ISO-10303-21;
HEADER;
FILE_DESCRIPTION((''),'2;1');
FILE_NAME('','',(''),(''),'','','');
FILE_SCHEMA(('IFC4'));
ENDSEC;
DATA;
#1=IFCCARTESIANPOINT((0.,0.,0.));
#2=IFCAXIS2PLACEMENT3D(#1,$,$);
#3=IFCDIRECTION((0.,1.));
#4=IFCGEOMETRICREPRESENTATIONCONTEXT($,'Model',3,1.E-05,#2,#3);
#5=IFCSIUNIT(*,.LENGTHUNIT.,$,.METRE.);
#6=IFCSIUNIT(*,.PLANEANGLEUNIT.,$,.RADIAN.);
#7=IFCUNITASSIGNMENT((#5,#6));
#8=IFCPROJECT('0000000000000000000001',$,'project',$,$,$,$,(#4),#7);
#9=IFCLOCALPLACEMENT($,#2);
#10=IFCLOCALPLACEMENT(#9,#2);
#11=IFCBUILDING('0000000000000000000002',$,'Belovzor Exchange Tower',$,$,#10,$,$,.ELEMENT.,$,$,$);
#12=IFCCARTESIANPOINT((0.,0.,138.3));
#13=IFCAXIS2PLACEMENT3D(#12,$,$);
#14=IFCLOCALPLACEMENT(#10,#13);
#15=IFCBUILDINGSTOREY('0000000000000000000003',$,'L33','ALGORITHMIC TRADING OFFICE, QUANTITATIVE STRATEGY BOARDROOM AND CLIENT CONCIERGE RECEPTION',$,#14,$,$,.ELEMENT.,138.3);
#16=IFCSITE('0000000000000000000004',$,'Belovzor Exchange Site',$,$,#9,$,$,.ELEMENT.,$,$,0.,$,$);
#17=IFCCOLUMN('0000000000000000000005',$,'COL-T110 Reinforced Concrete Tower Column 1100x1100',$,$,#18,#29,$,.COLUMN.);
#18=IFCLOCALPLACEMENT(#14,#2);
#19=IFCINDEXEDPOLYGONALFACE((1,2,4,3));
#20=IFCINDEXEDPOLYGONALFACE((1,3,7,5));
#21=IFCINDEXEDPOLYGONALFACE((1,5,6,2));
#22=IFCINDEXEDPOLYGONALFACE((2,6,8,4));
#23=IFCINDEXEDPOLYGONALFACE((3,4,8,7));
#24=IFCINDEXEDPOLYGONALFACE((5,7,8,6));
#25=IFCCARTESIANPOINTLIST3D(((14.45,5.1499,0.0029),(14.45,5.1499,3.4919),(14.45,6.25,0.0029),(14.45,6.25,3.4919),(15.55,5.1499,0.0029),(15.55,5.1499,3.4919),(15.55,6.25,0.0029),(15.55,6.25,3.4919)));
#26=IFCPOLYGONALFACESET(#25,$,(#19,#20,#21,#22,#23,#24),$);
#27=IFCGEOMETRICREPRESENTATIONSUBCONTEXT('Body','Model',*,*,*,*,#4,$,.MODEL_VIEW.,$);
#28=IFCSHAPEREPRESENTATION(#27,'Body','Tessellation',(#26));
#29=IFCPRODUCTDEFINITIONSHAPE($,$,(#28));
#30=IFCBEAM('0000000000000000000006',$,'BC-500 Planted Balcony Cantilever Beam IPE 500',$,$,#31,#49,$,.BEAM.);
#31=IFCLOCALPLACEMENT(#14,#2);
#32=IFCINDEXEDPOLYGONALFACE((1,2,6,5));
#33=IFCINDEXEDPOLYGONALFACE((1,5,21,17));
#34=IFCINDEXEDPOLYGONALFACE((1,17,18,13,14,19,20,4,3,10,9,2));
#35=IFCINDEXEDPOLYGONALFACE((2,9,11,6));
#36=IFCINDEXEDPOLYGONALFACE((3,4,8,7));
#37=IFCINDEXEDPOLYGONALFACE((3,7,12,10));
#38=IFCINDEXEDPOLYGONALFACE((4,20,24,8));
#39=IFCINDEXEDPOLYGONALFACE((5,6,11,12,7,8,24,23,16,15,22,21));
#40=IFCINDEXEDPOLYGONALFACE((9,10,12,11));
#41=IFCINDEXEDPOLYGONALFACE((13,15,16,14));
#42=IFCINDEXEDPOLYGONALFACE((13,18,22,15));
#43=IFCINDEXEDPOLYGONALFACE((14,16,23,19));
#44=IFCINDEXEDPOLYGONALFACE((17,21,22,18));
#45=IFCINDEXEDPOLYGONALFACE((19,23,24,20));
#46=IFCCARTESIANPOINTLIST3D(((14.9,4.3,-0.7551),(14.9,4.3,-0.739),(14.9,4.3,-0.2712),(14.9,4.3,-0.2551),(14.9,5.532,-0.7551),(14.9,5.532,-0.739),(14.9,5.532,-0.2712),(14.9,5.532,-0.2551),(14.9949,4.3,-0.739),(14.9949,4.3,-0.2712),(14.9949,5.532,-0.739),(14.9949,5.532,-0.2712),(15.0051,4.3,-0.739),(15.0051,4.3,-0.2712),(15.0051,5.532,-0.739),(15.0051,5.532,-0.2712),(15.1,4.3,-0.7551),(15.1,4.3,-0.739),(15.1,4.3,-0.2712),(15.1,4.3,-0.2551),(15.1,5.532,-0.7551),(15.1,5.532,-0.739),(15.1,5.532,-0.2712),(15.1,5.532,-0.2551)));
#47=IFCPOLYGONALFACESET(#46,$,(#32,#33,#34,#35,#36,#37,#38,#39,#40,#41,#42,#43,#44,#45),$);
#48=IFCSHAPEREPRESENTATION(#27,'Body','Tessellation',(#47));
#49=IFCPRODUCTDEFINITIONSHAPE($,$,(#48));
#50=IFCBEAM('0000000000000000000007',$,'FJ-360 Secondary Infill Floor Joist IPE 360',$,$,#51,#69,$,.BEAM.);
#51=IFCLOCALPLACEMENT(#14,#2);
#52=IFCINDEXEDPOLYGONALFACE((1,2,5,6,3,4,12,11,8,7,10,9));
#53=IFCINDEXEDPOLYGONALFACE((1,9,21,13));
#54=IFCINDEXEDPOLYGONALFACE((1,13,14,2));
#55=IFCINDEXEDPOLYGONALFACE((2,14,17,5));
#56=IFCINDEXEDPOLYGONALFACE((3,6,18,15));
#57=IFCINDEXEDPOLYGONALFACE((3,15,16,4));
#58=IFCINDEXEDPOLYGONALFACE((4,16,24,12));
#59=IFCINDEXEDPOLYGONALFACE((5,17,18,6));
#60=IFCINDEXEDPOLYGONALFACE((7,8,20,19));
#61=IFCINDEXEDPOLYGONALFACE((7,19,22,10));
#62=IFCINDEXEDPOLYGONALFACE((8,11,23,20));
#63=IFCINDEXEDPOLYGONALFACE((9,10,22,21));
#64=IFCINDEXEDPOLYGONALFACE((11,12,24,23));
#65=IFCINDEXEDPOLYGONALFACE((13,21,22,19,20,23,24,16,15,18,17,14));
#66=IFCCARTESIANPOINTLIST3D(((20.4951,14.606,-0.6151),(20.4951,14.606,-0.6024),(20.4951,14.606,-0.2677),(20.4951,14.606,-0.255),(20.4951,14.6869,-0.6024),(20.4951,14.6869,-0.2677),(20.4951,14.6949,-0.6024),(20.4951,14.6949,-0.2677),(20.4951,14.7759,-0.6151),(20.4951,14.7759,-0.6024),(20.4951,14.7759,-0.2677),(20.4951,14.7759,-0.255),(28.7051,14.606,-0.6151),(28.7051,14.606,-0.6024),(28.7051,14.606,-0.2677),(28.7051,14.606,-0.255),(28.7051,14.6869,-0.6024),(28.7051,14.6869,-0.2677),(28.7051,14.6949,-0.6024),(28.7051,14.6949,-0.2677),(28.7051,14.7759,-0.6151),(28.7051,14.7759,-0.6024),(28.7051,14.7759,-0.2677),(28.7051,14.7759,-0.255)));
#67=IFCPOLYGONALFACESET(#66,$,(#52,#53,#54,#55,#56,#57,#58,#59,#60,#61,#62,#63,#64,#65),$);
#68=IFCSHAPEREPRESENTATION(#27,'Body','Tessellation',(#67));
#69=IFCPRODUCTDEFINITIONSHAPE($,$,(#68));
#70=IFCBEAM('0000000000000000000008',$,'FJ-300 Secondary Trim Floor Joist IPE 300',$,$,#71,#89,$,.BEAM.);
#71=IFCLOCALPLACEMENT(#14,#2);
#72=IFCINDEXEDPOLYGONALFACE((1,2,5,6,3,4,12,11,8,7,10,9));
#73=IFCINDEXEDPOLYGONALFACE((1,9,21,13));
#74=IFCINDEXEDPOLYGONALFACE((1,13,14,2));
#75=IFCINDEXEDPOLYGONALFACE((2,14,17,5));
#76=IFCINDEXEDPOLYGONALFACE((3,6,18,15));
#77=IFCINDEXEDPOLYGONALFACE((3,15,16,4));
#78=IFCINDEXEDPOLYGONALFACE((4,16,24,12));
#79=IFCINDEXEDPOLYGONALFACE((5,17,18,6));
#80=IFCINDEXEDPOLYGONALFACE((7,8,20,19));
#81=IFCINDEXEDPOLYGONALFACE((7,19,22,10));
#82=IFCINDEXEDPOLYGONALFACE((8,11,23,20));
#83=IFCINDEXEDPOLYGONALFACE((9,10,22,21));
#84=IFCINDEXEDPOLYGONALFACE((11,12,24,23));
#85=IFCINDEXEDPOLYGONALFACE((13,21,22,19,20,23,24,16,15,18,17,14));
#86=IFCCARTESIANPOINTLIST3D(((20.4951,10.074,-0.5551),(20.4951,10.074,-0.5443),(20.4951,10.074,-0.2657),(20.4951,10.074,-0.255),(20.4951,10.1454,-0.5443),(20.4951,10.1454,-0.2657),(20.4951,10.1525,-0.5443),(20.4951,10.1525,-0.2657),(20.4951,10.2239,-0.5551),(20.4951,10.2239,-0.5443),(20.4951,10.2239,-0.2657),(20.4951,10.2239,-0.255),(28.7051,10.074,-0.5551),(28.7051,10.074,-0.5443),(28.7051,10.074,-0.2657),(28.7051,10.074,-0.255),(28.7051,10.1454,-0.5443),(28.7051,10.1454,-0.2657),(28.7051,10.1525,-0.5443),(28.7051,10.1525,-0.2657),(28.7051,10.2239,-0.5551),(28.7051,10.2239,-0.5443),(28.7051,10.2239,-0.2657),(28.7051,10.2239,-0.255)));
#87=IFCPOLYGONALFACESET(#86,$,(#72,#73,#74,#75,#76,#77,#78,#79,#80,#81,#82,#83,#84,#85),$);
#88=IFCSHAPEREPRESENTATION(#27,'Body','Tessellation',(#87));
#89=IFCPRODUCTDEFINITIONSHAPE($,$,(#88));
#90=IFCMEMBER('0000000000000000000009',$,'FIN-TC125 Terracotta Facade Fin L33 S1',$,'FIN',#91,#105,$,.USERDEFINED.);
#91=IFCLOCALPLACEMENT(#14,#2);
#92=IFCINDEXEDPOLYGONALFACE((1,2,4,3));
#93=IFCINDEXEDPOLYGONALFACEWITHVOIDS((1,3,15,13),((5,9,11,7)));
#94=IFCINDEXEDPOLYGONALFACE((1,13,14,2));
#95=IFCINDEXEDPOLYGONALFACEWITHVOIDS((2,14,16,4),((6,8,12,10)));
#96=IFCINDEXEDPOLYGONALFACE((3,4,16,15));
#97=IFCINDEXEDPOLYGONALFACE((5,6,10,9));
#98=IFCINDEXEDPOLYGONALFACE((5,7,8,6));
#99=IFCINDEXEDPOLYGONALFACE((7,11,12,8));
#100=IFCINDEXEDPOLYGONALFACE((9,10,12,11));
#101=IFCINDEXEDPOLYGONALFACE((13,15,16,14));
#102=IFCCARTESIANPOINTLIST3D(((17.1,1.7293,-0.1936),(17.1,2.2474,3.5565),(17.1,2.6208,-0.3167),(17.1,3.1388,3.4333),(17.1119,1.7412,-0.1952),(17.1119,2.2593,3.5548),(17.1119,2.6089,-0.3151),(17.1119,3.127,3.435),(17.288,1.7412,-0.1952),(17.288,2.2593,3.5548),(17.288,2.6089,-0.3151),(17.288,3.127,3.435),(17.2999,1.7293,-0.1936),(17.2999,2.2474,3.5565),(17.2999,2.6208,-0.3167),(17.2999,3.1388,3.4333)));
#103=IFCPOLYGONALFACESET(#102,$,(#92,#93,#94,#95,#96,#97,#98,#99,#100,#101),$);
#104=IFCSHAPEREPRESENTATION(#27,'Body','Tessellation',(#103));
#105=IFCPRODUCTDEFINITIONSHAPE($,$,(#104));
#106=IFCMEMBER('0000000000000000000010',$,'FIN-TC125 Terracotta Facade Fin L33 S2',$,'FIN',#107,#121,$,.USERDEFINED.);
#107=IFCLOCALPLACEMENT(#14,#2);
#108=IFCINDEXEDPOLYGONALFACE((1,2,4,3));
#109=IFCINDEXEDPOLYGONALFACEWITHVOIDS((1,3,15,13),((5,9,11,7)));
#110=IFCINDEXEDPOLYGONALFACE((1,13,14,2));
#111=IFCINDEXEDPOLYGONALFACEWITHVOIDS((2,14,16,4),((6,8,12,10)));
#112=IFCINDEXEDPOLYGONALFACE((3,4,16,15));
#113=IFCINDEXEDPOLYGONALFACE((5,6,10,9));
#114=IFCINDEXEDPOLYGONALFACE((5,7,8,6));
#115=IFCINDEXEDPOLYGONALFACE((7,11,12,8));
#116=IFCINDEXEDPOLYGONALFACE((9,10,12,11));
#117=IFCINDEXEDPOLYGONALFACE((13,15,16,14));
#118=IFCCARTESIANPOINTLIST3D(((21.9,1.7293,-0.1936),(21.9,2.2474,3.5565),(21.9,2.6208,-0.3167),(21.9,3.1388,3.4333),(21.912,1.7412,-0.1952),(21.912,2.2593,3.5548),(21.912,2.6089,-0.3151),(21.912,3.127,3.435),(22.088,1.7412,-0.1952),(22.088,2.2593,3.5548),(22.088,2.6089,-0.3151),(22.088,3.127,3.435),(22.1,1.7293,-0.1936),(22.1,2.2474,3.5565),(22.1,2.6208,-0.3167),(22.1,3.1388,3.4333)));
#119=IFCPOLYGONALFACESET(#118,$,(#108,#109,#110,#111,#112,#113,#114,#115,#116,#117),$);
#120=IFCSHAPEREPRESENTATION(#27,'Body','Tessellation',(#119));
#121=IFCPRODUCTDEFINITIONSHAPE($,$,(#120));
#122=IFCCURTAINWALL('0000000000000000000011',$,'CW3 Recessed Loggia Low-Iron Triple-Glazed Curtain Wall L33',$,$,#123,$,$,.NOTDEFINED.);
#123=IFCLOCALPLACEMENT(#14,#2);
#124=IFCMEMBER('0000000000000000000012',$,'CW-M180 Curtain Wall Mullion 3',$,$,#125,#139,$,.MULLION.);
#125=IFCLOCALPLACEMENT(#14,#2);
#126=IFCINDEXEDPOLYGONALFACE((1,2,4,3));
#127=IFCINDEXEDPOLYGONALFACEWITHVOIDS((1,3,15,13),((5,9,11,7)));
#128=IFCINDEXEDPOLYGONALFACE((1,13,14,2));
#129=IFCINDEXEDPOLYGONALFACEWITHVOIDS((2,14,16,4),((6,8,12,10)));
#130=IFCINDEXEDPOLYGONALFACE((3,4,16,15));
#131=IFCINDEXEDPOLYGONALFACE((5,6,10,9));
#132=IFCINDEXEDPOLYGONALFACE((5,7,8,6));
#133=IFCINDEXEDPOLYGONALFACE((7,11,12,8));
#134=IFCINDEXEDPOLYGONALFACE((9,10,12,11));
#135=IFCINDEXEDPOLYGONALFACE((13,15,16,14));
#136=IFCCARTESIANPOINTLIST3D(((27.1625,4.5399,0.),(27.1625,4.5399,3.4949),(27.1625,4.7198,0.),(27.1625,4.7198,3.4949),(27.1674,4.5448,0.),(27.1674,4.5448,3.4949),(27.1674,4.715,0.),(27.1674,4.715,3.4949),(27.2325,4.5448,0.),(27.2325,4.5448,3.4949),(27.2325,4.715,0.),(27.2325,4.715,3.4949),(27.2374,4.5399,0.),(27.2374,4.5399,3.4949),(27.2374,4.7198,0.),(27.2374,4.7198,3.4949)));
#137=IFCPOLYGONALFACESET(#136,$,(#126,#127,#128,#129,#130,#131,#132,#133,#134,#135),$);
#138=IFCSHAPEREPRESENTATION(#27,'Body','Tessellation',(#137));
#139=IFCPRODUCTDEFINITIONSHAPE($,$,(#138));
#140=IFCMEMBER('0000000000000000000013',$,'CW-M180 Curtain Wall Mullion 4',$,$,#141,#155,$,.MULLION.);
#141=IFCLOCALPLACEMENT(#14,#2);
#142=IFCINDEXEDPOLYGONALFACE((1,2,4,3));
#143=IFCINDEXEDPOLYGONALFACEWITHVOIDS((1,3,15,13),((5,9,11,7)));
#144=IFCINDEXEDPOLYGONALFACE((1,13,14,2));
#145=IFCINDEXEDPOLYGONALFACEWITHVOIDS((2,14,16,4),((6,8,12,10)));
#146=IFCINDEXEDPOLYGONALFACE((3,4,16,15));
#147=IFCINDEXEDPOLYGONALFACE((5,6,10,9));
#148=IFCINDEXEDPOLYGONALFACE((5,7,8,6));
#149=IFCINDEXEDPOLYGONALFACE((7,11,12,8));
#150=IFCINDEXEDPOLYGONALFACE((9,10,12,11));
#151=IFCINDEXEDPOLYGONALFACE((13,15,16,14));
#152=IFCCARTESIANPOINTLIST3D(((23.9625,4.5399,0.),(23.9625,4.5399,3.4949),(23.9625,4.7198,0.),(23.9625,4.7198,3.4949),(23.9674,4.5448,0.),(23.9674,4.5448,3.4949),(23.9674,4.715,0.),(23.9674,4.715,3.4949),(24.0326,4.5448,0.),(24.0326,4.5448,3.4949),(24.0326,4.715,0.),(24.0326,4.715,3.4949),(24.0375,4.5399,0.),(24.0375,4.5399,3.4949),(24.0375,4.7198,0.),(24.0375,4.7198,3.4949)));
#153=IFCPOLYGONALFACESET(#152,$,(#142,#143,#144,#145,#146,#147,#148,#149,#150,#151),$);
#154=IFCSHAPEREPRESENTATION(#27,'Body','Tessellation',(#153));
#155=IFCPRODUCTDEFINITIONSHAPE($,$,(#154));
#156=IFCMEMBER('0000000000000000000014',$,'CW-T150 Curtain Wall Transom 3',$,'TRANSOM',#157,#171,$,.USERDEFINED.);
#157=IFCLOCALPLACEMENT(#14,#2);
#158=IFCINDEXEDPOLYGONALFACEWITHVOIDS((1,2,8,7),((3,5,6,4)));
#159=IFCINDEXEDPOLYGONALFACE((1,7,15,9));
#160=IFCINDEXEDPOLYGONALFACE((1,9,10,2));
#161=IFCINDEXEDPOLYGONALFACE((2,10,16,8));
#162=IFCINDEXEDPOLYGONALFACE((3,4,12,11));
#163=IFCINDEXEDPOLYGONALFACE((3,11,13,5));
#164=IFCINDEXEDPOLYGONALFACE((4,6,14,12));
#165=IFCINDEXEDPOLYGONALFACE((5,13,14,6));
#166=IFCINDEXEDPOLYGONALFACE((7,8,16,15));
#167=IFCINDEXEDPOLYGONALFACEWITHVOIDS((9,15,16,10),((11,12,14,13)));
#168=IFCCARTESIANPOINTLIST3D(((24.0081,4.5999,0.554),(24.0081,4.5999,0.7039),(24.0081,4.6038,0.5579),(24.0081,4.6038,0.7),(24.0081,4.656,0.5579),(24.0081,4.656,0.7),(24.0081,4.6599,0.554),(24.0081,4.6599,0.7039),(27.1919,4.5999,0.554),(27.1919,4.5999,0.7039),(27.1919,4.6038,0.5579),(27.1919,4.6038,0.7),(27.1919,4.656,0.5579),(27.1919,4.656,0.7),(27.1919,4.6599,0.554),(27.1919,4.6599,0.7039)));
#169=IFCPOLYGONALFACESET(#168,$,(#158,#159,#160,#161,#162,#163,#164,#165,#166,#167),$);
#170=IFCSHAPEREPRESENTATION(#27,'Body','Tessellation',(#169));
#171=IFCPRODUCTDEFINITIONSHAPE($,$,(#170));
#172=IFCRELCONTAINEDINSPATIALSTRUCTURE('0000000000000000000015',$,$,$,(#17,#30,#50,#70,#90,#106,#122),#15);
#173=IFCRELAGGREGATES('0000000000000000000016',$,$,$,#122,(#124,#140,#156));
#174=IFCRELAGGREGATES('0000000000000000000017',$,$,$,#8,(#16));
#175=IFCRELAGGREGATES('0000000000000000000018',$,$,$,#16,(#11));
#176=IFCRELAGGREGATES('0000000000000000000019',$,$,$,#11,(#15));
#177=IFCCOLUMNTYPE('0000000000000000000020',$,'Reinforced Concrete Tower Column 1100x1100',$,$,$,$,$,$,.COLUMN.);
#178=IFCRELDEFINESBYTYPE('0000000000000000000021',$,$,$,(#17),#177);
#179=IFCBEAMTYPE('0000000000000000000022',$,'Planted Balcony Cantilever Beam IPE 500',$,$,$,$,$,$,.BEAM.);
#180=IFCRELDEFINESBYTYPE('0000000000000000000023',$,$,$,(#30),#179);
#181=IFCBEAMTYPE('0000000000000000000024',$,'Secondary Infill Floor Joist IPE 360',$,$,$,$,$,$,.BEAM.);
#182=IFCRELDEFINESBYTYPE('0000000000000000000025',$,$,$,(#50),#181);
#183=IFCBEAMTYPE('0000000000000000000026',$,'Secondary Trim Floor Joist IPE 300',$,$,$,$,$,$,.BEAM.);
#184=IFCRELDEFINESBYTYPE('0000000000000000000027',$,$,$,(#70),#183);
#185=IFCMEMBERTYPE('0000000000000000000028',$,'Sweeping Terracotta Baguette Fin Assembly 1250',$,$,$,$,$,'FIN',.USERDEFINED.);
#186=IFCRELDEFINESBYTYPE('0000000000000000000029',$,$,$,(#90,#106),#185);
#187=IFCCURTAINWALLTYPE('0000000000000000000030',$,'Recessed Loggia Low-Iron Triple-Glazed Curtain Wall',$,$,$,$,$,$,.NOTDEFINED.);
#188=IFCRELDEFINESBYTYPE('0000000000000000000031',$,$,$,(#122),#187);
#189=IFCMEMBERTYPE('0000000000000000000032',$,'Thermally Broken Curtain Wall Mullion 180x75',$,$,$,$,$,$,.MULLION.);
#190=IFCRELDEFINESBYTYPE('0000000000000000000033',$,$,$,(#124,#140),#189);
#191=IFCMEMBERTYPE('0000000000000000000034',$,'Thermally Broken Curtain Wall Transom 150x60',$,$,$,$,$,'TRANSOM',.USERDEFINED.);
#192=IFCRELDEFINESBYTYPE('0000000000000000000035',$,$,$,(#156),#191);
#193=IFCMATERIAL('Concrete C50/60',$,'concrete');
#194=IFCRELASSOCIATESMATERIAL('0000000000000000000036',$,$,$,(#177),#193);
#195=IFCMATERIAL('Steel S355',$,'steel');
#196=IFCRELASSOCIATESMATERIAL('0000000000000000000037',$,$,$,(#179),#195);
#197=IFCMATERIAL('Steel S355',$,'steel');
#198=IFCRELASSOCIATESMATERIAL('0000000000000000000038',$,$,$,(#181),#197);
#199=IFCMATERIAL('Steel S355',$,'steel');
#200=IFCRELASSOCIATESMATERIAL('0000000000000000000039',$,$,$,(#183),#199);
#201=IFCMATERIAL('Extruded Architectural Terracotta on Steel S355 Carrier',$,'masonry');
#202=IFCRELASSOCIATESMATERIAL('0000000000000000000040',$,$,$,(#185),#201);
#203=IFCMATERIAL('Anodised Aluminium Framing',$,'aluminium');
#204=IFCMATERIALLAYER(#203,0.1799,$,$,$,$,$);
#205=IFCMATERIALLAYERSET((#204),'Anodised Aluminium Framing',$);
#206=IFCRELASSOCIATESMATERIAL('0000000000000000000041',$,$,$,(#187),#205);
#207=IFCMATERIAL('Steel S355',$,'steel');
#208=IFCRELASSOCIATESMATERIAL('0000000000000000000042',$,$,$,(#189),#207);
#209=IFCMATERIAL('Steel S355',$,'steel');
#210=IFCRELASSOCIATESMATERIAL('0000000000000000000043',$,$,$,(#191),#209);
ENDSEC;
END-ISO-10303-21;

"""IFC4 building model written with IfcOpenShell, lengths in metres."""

from ifc_helpers import new_model, si_unit, direction, frame, origin, origin_2d, place, context, subcontext, project, spatial, rectangle, hollow_rectangle, i_section, extrude, material, layer, layer_set, material_profile, profile_set, type_object, element, aggregate, save


model = new_model("IFC4")

# Units and contexts
model_context = context("Model", 3, precision=1e-05, world=origin(), true_north=direction((0.0, 1.0)))
body_context = subcontext(model_context, "Body", "Model", "MODEL_VIEW")
ifc_project = project(units=[si_unit("LENGTHUNIT", "METRE"), si_unit("PLANEANGLEUNIT", "RADIAN")], contexts=[model_context])

# Site, building, storey
site_placement = place(None, origin())
site = spatial("IfcSite", under=ifc_project, at=site_placement, Name="Belovzor Exchange Site", CompositionType="ELEMENT", RefElevation=0.0)
building_placement = place(site_placement, origin())
building = spatial("IfcBuilding", under=site, at=building_placement, Name="Belovzor Exchange Tower", CompositionType="ELEMENT")
storey_placement = place(building_placement, frame((0.0, 0.0, 138.3)))
storey = spatial("IfcBuildingStorey", under=building, at=storey_placement, Name="L33", Description="ALGORITHMIC TRADING OFFICE, QUANTITATIVE STRATEGY BOARDROOM AND CLIENT CONCIERGE RECEPTION", CompositionType="ELEMENT", Elevation=138.3)

# Column
ifc_material_1 = material(Name="Concrete C50/60", Category="concrete")
ifc_material_profile_1 = material_profile(ifc_material_1, rectangle(XDim=1.1001, YDim=1.1001, at=origin_2d()))
ifc_profile_set_1 = profile_set([ifc_material_profile_1], Name="Concrete C50/60")
column_type = type_object("IfcColumnType", Name="Reinforced Concrete Tower Column 1100x1100", PredefinedType="COLUMN", material=ifc_profile_set_1)
column_placement = place(storey_placement, frame((15.0, 5.7, 0.0029), z_axis=(0.0, 0.0, 1.0), x_axis=(1.0, 0.0, 0.0)))
element("IfcColumn", 1, at=column_placement, inside=storey, type_object=column_type, Name="COL-T110 Reinforced Concrete Tower Column 1100x1100", PredefinedType="COLUMN", context=body_context, shape_type="SweptSolid", body=[
    extrude(rectangle(XDim=1.1001, YDim=1.1001, at=origin_2d()), origin(), (0.0, 0.0, 1.0), 3.489),
])

# Beams
ifc_material_2 = material(Name="Steel S355", Category="steel")
ifc_material_profile_2 = material_profile(ifc_material_2, i_section(OverallWidth=0.2, OverallDepth=0.5, WebThickness=0.0103, FlangeThickness=0.0161, at=origin_2d()))
ifc_profile_set_2 = profile_set([ifc_material_profile_2], Name="Steel S355")
beam_type_1 = type_object("IfcBeamType", Name="Planted Balcony Cantilever Beam IPE 500", PredefinedType="BEAM", material=ifc_profile_set_2)
beam_1_placement = place(storey_placement, frame((15.0, 5.532, -0.5051), z_axis=(0.0, -1.0, 0.0), x_axis=(1.0, 0.0, 0.0)))
element("IfcBeam", 2, at=beam_1_placement, inside=storey, type_object=beam_type_1, Name="BC-500 Planted Balcony Cantilever Beam IPE 500", PredefinedType="BEAM", context=body_context, shape_type="SweptSolid", body=[
    extrude(i_section(OverallWidth=0.2, OverallDepth=0.5, WebThickness=0.0103, FlangeThickness=0.0161, at=origin_2d()), origin(), (0.0, 0.0, 1.0), 1.2319),
])
ifc_material_3 = material(Name="Steel S355", Category="steel")
ifc_material_profile_3 = material_profile(ifc_material_3, i_section(OverallWidth=0.1699, OverallDepth=0.3601, WebThickness=0.0081, FlangeThickness=0.0127, at=origin_2d()))
ifc_profile_set_3 = profile_set([ifc_material_profile_3], Name="Steel S355")
beam_type_2 = type_object("IfcBeamType", Name="Secondary Infill Floor Joist IPE 360", PredefinedType="BEAM", material=ifc_profile_set_3)
beam_2_placement = place(storey_placement, frame((20.4951, 14.6909, -0.4351), z_axis=(1.0, 0.0, 0.0), x_axis=(0.0, 1.0, 0.0)))
element("IfcBeam", 3, at=beam_2_placement, inside=storey, type_object=beam_type_2, Name="FJ-360 Secondary Infill Floor Joist IPE 360", PredefinedType="BEAM", context=body_context, shape_type="SweptSolid", body=[
    extrude(i_section(OverallWidth=0.1699, OverallDepth=0.3601, WebThickness=0.0081, FlangeThickness=0.0127, at=origin_2d()), origin(), (0.0, 0.0, 1.0), 8.21),
])
ifc_material_4 = material(Name="Steel S355", Category="steel")
ifc_material_profile_4 = material_profile(ifc_material_4, i_section(OverallWidth=0.1499, OverallDepth=0.3, WebThickness=0.0071, FlangeThickness=0.0107, at=origin_2d()))
ifc_profile_set_4 = profile_set([ifc_material_profile_4], Name="Steel S355")
beam_type_3 = type_object("IfcBeamType", Name="Secondary Trim Floor Joist IPE 300", PredefinedType="BEAM", material=ifc_profile_set_4)
beam_3_placement = place(storey_placement, frame((20.4951, 10.1489, -0.405), z_axis=(1.0, 0.0, 0.0), x_axis=(0.0, 1.0, 0.0)))
element("IfcBeam", 4, at=beam_3_placement, inside=storey, type_object=beam_type_3, Name="FJ-300 Secondary Trim Floor Joist IPE 300", PredefinedType="BEAM", context=body_context, shape_type="SweptSolid", body=[
    extrude(i_section(OverallWidth=0.1499, OverallDepth=0.3, WebThickness=0.0071, FlangeThickness=0.0107, at=origin_2d()), origin(), (0.0, 0.0, 1.0), 8.21),
])

# Members
ifc_material_5 = material(Name="Extruded Architectural Terracotta on Steel S355 Carrier", Category="masonry")
ifc_material_profile_5 = material_profile(ifc_material_5, hollow_rectangle(XDim=0.2, YDim=0.8999, WallThickness=0.012, at=origin_2d()))
ifc_profile_set_5 = profile_set([ifc_material_profile_5], Name="Extruded Architectural Terracotta on Steel S355 Carrier")
member_type_1 = type_object("IfcMemberType", Name="Sweeping Terracotta Baguette Fin Assembly 1250", ElementType="FIN", PredefinedType="USERDEFINED", material=ifc_profile_set_5)
for number, where, z_axis, x_axis, name in (
    (5, (17.2, 2.175, -0.2551), (0.0, 0.136851, 0.990592), (-1.0, 0.0, 0.0), "FIN-TC125 Terracotta Facade Fin L33 S1"),
    (6, (22.0, 2.175, -0.2551), (0.0, 0.136851, 0.990592), (-1.0, 0.0, 0.0), "FIN-TC125 Terracotta Facade Fin L33 S2"),
):
    element("IfcMember", number, at=place(storey_placement, frame(where, z_axis=z_axis, x_axis=x_axis)), inside=storey, type_object=member_type_1, Name=name, ObjectType="FIN", PredefinedType="USERDEFINED", context=body_context, shape_type="SweptSolid", body=[
        extrude(hollow_rectangle(XDim=0.2, YDim=0.8999, WallThickness=0.012, at=origin_2d()), origin(), (0.0, 0.0, 1.0), 3.7856),
    ])

# Curtain wall, members
ifc_material_6 = material(Name="Anodised Aluminium Framing", Category="aluminium")
ifc_layer_1 = layer(ifc_material_6, 0.1799)
ifc_layer_set_1 = layer_set([ifc_layer_1], Name="Anodised Aluminium Framing")
curtain_wall_type = type_object("IfcCurtainWallType", Name="Recessed Loggia Low-Iron Triple-Glazed Curtain Wall", PredefinedType="NOTDEFINED", material=ifc_layer_set_1)
curtain_wall_placement = place(storey_placement, origin())
curtain_wall = element("IfcCurtainWall", 7, at=curtain_wall_placement, inside=storey, type_object=curtain_wall_type, Name="CW3 Recessed Loggia Low-Iron Triple-Glazed Curtain Wall L33", PredefinedType="NOTDEFINED")
ifc_material_7 = material(Name="Steel S355", Category="steel")
ifc_material_profile_6 = material_profile(ifc_material_7, hollow_rectangle(XDim=0.075, YDim=0.1799, WallThickness=0.0049, at=origin_2d()))
ifc_profile_set_6 = profile_set([ifc_material_profile_6], Name="Steel S355")
member_type_2 = type_object("IfcMemberType", Name="Thermally Broken Curtain Wall Mullion 180x75", PredefinedType="MULLION", material=ifc_profile_set_6)
member_1_placement = place(storey_placement, frame((27.2, 4.6299, 0.0), z_axis=(0.0, 0.0, 1.0), x_axis=(-1.0, 0.0, 0.0)))
member_1 = element("IfcMember", 8, at=member_1_placement, type_object=member_type_2, Name="CW-M180 Curtain Wall Mullion 3", PredefinedType="MULLION", context=body_context, shape_type="SweptSolid", body=[
    extrude(hollow_rectangle(XDim=0.075, YDim=0.1799, WallThickness=0.0049, at=origin_2d()), origin(), (0.0, 0.0, 1.0), 3.4949),
])
member_2_placement = place(storey_placement, frame((24.0, 4.6299, 0.0), z_axis=(0.0, 0.0, 1.0), x_axis=(-1.0, 0.0, 0.0)))
member_2 = element("IfcMember", 9, at=member_2_placement, type_object=member_type_2, Name="CW-M180 Curtain Wall Mullion 4", PredefinedType="MULLION", context=body_context, shape_type="SweptSolid", body=[
    extrude(hollow_rectangle(XDim=0.075, YDim=0.1799, WallThickness=0.0049, at=origin_2d()), origin(), (0.0, 0.0, 1.0), 3.4949),
])
ifc_material_8 = material(Name="Steel S355", Category="steel")
ifc_material_profile_7 = material_profile(ifc_material_8, hollow_rectangle(XDim=0.0601, YDim=0.1499, WallThickness=0.0039, at=origin_2d()))
ifc_profile_set_7 = profile_set([ifc_material_profile_7], Name="Steel S355")
member_type_3 = type_object("IfcMemberType", Name="Thermally Broken Curtain Wall Transom 150x60", ElementType="TRANSOM", PredefinedType="USERDEFINED", material=ifc_profile_set_7)
member_3_placement = place(storey_placement, frame((27.1919, 4.6299, 0.6289), z_axis=(-1.0, 0.0, 0.0), x_axis=(0.0, -1.0, 0.0)))
member_3 = element("IfcMember", 10, at=member_3_placement, type_object=member_type_3, Name="CW-T150 Curtain Wall Transom 3", ObjectType="TRANSOM", PredefinedType="USERDEFINED", context=body_context, shape_type="SweptSolid", body=[
    extrude(hollow_rectangle(XDim=0.0601, YDim=0.1499, WallThickness=0.0039, at=origin_2d()), origin(), (0.0, 0.0, 1.0), 3.1838),
])

aggregate(curtain_wall, [member_1, member_2, member_3])

save(model, "model.ifc")
